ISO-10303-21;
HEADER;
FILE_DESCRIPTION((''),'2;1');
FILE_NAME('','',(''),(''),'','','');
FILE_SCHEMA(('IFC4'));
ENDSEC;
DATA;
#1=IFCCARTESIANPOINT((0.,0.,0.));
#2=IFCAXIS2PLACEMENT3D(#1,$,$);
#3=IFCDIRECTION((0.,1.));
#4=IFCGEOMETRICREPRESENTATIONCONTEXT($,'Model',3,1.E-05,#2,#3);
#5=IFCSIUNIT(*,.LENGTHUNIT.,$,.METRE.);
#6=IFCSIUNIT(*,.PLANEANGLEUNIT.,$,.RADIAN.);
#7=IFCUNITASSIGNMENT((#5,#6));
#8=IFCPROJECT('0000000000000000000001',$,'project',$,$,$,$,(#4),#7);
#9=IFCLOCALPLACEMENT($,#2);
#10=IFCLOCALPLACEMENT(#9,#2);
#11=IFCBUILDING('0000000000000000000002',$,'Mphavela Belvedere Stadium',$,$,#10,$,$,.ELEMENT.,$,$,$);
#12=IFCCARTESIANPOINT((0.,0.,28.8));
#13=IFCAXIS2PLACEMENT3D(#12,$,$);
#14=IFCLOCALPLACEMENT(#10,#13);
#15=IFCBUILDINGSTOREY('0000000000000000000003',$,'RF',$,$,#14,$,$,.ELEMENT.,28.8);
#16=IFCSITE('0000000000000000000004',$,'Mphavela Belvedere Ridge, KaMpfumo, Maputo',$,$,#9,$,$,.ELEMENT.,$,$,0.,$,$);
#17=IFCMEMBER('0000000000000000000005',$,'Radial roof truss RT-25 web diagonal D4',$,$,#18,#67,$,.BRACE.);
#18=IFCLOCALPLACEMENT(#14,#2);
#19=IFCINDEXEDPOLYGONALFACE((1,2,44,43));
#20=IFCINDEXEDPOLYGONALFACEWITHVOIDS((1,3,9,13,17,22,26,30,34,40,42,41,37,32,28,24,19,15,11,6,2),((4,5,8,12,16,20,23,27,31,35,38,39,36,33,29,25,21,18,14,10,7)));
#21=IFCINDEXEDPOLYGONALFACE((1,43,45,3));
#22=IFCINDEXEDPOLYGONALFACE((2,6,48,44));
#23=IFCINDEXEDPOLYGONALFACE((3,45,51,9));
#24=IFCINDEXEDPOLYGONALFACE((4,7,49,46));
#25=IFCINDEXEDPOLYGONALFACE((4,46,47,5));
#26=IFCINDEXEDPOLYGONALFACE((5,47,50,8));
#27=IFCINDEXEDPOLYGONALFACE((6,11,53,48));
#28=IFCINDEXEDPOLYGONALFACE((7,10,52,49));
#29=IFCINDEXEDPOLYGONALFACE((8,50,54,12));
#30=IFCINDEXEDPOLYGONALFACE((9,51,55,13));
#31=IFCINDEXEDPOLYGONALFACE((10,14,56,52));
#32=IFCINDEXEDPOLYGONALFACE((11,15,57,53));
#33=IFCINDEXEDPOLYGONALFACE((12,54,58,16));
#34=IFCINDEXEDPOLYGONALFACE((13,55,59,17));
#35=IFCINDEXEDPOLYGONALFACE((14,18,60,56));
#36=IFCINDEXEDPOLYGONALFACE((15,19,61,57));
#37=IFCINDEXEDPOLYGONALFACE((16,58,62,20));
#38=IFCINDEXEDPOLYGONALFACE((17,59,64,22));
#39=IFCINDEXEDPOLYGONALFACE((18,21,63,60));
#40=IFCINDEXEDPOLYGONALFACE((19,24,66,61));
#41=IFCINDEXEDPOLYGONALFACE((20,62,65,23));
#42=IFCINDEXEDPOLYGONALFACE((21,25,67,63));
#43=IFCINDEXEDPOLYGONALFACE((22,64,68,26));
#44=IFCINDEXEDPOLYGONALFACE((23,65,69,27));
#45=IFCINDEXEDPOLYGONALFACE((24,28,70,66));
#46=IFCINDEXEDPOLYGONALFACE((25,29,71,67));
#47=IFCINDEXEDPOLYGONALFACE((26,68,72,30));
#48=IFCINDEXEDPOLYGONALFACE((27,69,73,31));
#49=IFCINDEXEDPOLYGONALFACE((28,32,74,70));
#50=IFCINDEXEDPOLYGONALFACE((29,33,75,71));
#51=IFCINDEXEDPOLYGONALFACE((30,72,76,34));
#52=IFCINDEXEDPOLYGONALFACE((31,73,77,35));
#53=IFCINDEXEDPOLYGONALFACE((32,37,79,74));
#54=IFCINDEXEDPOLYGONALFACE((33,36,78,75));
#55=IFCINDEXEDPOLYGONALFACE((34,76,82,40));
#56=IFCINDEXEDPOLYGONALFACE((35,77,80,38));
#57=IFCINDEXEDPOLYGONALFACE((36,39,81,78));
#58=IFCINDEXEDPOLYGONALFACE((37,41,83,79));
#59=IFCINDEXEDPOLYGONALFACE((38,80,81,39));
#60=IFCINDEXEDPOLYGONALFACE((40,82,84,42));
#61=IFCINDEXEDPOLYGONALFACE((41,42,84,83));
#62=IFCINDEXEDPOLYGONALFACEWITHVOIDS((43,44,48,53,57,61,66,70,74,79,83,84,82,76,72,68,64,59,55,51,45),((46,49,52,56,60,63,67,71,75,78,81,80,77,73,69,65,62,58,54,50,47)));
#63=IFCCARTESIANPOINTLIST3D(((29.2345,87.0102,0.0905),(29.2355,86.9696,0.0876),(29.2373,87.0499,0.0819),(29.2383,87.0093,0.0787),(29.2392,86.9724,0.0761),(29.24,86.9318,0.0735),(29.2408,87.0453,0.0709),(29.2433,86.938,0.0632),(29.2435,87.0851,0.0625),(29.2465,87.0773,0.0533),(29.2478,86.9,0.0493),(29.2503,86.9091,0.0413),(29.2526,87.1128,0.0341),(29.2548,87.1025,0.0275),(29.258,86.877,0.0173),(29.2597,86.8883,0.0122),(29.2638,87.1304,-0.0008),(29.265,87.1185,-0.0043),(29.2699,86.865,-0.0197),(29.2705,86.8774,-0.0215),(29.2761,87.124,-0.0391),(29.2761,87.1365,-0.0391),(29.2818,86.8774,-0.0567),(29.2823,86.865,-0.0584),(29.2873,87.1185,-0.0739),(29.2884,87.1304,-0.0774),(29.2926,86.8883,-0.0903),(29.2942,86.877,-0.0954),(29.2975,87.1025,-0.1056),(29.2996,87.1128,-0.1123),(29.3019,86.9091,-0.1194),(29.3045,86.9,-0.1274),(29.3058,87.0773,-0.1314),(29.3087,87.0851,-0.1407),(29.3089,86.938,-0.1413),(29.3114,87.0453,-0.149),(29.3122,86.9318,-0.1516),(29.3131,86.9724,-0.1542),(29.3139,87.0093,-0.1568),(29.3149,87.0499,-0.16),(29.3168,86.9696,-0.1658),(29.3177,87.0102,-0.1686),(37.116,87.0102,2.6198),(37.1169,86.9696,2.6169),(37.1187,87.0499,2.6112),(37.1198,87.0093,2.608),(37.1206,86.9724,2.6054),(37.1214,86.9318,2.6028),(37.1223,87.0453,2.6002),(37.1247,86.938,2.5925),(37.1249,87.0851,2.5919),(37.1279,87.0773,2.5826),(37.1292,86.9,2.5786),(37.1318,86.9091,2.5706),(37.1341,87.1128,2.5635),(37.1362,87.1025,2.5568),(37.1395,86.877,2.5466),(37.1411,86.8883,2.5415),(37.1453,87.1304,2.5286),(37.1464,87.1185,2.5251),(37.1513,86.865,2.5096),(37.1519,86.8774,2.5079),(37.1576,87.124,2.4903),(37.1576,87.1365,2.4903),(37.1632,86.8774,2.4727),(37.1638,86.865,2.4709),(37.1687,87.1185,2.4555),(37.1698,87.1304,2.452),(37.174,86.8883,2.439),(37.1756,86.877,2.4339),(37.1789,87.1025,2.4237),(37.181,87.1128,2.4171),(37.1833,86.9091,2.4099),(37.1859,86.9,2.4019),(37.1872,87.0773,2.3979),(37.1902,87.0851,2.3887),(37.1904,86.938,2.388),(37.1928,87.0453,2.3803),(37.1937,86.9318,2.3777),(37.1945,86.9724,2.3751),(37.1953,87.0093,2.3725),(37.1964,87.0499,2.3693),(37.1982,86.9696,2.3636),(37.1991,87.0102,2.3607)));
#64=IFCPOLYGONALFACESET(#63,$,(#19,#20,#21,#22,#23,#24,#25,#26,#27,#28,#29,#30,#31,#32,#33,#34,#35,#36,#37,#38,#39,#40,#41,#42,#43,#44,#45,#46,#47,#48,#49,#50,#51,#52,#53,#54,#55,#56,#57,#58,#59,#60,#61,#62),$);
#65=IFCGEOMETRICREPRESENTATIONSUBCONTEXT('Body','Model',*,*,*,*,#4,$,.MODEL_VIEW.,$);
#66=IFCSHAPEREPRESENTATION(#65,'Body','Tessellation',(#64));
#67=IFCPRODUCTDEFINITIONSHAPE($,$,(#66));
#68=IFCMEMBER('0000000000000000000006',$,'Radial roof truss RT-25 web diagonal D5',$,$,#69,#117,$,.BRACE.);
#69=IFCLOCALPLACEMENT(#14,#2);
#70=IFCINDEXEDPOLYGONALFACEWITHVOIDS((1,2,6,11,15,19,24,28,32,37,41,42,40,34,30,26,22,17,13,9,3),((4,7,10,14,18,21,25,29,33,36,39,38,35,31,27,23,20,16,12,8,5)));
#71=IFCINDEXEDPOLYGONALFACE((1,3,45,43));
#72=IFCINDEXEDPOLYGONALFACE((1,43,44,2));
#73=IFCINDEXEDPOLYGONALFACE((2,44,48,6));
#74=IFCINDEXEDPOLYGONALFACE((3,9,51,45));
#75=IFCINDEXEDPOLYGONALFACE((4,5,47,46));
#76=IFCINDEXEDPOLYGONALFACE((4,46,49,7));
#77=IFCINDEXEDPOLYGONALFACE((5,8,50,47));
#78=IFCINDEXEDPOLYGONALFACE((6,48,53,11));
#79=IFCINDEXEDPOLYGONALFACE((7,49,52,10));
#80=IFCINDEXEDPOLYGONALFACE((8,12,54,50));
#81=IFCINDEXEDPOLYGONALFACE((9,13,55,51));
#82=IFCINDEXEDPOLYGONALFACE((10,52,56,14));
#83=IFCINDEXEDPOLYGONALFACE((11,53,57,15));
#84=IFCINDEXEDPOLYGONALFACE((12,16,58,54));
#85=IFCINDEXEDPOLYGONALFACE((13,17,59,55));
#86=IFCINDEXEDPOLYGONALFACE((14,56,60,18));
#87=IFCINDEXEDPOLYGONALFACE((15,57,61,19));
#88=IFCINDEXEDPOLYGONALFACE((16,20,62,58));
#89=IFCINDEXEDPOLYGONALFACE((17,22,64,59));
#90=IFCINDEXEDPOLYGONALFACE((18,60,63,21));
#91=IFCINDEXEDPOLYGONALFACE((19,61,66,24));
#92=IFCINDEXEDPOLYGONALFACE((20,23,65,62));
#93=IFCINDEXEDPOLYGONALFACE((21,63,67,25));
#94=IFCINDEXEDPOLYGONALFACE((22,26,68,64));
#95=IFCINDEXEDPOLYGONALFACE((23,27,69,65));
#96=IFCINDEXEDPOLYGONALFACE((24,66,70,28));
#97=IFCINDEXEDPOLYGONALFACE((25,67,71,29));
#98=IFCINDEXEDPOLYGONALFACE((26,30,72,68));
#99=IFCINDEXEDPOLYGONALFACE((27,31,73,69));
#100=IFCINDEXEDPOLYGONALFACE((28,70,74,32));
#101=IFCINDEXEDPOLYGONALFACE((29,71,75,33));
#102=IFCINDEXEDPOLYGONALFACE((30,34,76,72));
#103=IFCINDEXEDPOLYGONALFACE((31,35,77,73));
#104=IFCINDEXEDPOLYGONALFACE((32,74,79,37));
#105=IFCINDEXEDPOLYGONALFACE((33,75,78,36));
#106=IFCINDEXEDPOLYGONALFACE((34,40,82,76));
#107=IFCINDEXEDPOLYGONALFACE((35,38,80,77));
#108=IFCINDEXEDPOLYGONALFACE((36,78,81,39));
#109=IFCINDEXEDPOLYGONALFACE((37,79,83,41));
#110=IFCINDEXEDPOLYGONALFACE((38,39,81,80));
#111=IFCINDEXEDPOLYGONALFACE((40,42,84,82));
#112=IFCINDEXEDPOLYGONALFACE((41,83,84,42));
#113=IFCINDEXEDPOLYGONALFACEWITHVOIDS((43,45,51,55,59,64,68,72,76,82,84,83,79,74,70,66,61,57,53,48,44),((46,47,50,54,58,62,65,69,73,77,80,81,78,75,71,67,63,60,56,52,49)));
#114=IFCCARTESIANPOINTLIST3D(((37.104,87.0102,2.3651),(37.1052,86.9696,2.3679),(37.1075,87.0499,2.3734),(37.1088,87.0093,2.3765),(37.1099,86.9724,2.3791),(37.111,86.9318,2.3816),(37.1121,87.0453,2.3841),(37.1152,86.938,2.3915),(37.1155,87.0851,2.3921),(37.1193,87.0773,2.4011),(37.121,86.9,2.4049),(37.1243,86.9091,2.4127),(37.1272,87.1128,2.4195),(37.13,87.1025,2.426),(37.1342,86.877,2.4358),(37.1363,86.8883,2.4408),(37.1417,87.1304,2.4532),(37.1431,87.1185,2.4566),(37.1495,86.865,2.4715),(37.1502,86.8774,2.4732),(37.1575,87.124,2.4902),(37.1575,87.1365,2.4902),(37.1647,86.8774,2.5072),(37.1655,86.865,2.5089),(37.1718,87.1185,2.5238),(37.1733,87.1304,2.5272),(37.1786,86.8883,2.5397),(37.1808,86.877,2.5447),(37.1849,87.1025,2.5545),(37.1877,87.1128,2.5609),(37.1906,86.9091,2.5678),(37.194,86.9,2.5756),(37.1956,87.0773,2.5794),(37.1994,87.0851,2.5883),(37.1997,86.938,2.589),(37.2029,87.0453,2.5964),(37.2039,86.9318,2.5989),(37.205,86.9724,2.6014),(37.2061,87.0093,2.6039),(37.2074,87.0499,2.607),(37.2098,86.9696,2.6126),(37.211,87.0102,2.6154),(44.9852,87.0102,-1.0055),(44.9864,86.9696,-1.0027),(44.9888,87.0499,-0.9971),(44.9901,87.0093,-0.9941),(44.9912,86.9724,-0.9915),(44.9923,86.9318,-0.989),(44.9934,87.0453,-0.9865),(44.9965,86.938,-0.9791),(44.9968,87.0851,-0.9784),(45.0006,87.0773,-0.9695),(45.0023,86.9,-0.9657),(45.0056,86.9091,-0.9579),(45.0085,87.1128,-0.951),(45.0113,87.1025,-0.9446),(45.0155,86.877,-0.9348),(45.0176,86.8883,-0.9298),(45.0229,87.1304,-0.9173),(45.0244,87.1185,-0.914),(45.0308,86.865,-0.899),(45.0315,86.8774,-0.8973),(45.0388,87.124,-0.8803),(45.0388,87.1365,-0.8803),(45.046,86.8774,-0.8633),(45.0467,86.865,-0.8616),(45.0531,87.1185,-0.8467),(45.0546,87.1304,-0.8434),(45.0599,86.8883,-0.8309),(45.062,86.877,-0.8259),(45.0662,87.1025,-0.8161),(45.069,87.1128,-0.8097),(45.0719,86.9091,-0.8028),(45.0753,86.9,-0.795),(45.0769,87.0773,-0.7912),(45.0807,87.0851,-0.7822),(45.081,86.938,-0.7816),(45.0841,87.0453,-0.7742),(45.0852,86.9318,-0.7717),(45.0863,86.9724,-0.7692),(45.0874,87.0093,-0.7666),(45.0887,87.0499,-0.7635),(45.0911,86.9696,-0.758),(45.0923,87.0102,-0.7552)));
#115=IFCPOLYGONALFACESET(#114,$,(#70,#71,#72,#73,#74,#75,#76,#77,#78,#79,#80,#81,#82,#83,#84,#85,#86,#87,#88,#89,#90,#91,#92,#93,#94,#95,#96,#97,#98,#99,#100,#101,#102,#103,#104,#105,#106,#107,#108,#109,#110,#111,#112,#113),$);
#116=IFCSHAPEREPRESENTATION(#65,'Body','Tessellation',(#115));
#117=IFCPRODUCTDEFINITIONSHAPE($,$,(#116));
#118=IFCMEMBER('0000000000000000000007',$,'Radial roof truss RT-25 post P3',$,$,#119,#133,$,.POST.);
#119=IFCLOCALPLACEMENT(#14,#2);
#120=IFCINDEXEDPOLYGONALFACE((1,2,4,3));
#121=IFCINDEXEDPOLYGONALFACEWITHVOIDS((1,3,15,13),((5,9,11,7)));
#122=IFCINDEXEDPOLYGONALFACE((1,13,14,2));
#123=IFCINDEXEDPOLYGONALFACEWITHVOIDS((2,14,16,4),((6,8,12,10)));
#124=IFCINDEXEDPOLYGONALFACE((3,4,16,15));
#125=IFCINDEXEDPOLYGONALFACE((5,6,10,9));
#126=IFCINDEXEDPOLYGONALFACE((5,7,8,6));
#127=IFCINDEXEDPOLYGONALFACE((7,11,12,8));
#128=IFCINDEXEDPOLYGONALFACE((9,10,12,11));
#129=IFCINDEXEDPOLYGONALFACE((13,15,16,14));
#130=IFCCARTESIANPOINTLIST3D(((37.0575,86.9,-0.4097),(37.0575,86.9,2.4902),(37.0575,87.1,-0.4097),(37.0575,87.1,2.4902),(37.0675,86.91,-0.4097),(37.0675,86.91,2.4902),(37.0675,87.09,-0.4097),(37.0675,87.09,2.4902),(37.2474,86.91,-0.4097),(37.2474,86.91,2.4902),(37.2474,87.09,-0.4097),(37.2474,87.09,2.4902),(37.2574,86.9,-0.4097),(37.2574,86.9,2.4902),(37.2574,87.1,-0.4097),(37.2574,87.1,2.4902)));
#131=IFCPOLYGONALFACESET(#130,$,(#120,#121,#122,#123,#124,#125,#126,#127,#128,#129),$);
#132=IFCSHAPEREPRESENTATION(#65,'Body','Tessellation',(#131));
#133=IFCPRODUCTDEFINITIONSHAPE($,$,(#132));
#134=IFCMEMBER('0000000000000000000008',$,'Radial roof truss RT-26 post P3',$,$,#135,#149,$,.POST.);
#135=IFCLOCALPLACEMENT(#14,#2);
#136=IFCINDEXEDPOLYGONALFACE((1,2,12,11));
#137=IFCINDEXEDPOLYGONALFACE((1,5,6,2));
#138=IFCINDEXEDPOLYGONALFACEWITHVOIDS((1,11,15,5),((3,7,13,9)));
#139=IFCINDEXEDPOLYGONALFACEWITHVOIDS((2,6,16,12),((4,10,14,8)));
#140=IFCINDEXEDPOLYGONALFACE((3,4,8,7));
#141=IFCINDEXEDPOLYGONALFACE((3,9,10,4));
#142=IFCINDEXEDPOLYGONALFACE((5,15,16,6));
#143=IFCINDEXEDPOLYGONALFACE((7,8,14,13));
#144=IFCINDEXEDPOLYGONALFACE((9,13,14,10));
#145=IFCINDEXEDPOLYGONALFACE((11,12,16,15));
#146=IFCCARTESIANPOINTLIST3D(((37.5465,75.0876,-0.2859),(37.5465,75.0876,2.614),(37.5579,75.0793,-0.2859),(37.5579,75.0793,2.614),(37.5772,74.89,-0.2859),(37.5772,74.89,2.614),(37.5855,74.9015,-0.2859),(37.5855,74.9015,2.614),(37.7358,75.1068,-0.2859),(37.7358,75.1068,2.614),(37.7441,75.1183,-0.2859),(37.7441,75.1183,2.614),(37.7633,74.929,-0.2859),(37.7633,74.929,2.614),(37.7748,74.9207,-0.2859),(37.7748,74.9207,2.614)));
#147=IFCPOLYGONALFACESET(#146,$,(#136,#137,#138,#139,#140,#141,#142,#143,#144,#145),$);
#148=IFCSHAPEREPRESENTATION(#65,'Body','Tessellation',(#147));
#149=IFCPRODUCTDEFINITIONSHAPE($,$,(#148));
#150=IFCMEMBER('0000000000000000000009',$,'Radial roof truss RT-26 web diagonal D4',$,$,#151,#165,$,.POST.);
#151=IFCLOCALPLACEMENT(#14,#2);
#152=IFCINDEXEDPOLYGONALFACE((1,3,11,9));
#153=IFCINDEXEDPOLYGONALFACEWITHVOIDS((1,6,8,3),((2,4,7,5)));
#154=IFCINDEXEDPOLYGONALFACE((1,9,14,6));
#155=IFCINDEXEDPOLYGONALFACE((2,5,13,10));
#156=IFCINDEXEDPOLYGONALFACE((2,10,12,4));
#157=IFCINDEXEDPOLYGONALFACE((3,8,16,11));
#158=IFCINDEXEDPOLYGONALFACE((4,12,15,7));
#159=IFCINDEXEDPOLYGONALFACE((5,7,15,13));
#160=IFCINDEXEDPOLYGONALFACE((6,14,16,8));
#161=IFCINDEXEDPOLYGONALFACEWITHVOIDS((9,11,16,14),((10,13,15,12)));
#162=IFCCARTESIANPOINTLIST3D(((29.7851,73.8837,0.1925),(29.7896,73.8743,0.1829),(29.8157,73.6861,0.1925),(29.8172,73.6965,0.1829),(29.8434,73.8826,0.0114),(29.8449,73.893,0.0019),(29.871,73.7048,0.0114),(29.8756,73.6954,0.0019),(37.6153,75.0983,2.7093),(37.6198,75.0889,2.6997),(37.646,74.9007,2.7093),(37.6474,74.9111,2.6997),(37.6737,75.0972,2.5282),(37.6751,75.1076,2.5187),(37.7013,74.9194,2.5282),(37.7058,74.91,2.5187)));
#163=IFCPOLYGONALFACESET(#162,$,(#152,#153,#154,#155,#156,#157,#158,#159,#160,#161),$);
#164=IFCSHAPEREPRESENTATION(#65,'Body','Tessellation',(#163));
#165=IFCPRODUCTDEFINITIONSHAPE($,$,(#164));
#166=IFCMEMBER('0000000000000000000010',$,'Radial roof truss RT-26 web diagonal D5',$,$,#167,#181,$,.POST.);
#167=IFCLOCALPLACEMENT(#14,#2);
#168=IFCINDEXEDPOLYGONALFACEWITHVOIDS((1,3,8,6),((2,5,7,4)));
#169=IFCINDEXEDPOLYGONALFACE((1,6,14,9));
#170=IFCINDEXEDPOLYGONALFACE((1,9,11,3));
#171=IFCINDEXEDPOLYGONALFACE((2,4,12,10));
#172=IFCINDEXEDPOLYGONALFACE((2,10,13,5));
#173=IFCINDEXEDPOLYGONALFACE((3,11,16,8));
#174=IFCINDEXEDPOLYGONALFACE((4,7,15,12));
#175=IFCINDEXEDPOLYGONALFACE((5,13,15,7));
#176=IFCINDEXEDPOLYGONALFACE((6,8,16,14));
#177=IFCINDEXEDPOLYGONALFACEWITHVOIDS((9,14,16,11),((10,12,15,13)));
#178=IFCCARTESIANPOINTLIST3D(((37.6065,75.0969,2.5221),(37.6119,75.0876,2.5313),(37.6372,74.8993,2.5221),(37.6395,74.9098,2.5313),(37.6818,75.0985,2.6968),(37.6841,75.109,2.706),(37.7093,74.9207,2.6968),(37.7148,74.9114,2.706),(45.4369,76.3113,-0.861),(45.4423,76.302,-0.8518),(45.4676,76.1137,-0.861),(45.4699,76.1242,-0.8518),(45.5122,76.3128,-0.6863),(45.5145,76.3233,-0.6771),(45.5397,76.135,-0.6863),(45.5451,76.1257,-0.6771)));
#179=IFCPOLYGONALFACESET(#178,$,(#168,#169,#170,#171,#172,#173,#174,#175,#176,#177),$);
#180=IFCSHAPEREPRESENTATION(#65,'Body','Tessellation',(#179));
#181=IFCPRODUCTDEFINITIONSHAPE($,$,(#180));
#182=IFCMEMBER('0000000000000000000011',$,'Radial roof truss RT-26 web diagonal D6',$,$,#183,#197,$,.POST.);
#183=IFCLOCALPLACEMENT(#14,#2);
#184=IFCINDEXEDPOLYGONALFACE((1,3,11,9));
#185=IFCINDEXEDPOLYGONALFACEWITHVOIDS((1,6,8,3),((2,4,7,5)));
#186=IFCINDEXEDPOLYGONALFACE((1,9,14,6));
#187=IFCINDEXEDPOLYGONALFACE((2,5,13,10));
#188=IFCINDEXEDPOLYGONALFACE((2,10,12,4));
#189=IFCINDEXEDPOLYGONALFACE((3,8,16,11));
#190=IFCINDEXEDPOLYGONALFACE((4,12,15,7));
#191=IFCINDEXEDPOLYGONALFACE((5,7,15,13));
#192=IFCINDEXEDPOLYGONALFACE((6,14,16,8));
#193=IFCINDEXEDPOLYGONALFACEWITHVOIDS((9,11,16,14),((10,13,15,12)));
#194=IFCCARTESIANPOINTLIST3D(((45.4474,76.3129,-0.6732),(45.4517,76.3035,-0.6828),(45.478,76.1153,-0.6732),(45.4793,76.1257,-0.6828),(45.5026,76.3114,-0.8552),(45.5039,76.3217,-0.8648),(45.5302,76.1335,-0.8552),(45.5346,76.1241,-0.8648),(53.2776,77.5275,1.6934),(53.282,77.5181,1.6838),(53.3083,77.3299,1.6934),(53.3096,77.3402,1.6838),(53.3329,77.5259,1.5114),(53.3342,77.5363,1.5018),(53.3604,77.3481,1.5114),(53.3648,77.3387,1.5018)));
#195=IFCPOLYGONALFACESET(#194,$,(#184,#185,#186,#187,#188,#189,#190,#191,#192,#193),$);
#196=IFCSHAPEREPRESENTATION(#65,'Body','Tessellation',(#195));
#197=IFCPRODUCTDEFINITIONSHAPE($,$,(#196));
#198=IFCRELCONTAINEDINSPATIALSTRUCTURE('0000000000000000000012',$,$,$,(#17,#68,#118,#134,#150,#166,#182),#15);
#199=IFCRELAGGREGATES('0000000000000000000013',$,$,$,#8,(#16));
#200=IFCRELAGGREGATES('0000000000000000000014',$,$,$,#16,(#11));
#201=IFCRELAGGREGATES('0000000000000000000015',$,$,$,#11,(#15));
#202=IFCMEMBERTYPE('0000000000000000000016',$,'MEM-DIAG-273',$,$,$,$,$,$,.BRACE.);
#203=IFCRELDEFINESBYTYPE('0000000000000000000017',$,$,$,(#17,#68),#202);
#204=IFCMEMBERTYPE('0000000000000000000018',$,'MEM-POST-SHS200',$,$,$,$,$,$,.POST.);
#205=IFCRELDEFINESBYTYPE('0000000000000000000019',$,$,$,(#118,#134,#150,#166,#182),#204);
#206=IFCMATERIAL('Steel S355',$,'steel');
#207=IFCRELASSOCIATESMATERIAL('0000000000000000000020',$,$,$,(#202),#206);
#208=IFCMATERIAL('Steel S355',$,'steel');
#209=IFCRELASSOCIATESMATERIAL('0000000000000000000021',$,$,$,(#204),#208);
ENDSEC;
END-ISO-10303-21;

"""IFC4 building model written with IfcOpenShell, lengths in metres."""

from ifc_helpers import new_model, si_unit, direction, frame, origin, origin_2d, place, context, subcontext, project, spatial, hollow_rectangle, hollow_circle, extrude, material, material_profile, profile_set, type_object, element, save


model = new_model("IFC4")

# Units and contexts
model_context = context("Model", 3, precision=1e-05, world=origin(), true_north=direction((0.0, 1.0)))
body_context = subcontext(model_context, "Body", "Model", "MODEL_VIEW")
ifc_project = project(units=[si_unit("LENGTHUNIT", "METRE"), si_unit("PLANEANGLEUNIT", "RADIAN")], contexts=[model_context])

# Site, building, storey
site_placement = place(None, origin())
site = spatial("IfcSite", under=ifc_project, at=site_placement, Name="Mphavela Belvedere Ridge, KaMpfumo, Maputo", CompositionType="ELEMENT", RefElevation=0.0)
building_placement = place(site_placement, origin())
building = spatial("IfcBuilding", under=site, at=building_placement, Name="Mphavela Belvedere Stadium", CompositionType="ELEMENT")
storey_placement = place(building_placement, frame((0.0, 0.0, 28.8)))
storey = spatial("IfcBuildingStorey", under=building, at=storey_placement, Name="RF", CompositionType="ELEMENT", Elevation=28.8)

# Members
ifc_material_1 = material(Name="Steel S355", Category="steel")
ifc_material_profile_1 = material_profile(ifc_material_1, hollow_circle(Radius=0.1365, WallThickness=0.0125, at=origin_2d()), Name="CHS 273x12.5")
ifc_profile_set_1 = profile_set([ifc_material_profile_1], Name="Steel S355")
member_type_1 = type_object("IfcMemberType", Name="MEM-DIAG-273", PredefinedType="BRACE", material=ifc_profile_set_1)
member_1_placement = place(storey_placement, frame((29.2761, 87.0, -0.0391), z_axis=(0.952169, 0.0, 0.305572), x_axis=(0.0, 1.0, 0.0)))
element("IfcMember", 1, at=member_1_placement, inside=storey, type_object=member_type_1, Name="Radial roof truss RT-25 web diagonal D4", PredefinedType="BRACE", context=body_context, shape_type="SweptSolid", body=[
    extrude(hollow_circle(Radius=0.1365, WallThickness=0.0125, at=origin_2d()), origin(), (0.0, 0.0, 1.0), 8.2773),
])
member_2_placement = place(storey_placement, frame((37.1575, 87.0, 2.4902), z_axis=(0.919445, 0.0, -0.393218), x_axis=(0.0, 1.0, 0.0)))
element("IfcMember", 2, at=member_2_placement, inside=storey, type_object=member_type_1, Name="Radial roof truss RT-25 web diagonal D5", PredefinedType="BRACE", context=body_context, shape_type="SweptSolid", body=[
    extrude(hollow_circle(Radius=0.1365, WallThickness=0.0125, at=origin_2d()), origin(), (0.0, 0.0, 1.0), 8.5718),
])
ifc_material_2 = material(Name="Steel S355", Category="steel")
ifc_material_profile_2 = material_profile(ifc_material_2, hollow_rectangle(XDim=0.2, YDim=0.2, WallThickness=0.01, at=origin_2d()), Name="SHS 200x200x10")
ifc_profile_set_2 = profile_set([ifc_material_profile_2], Name="Steel S355")
member_type_2 = type_object("IfcMemberType", Name="MEM-POST-SHS200", PredefinedType="POST", material=ifc_profile_set_2)
for number, where, z_axis, x_axis, name in (
    (3, (37.1575, 87.0, -0.4097), (0.0, 0.0, 1.0), (-1.0, 0.0, 0.0), "Radial roof truss RT-25 post P3"),
    (4, (37.6606, 75.0042, -0.2859), (0.0, 0.0, 1.0), (-0.988175, -0.153331, 0.0), "Radial roof truss RT-26 post P3"),
):
    element("IfcMember", number, at=place(storey_placement, frame(where, z_axis=z_axis, x_axis=x_axis)), inside=storey, type_object=member_type_2, Name=name, PredefinedType="POST", context=body_context, shape_type="SweptSolid", body=[
        extrude(hollow_rectangle(XDim=0.2, YDim=0.2, WallThickness=0.01, at=origin_2d()), origin(), (0.0, 0.0, 1.0), 2.8999),
    ])
member_3_placement = place(storey_placement, frame((29.8303, 73.7896, 0.0972), z_axis=(0.941816, 0.14609, 0.302721), x_axis=(-0.153282, 0.988183, 0.0)))
element("IfcMember", 5, at=member_3_placement, inside=storey, type_object=member_type_2, Name="Radial roof truss RT-26 web diagonal D4", PredefinedType="POST", context=body_context, shape_type="SweptSolid", body=[
    extrude(hollow_rectangle(XDim=0.2, YDim=0.2, WallThickness=0.01, at=origin_2d()), origin(), (0.0, 0.0, 1.0), 8.314),
])
member_4_placement = place(storey_placement, frame((37.6606, 75.0042, 2.614), z_axis=(0.908823, 0.140944, -0.392653), x_axis=(-0.153252, 0.988187, 0.0)))
element("IfcMember", 6, at=member_4_placement, inside=storey, type_object=member_type_2, Name="Radial roof truss RT-26 web diagonal D5", PredefinedType="POST", context=body_context, shape_type="SweptSolid", body=[
    extrude(hollow_rectangle(XDim=0.2, YDim=0.2, WallThickness=0.01, at=origin_2d()), origin(), (0.0, 0.0, 1.0), 8.616),
])
member_5_placement = place(storey_placement, frame((45.491, 76.2185, -0.769), z_axis=(0.946851, 0.146871, 0.286184), x_axis=(-0.153282, 0.988183, 0.0)))
element("IfcMember", 7, at=member_5_placement, inside=storey, type_object=member_type_2, Name="Radial roof truss RT-26 web diagonal D6", PredefinedType="POST", context=body_context, shape_type="SweptSolid", body=[
    extrude(hollow_rectangle(XDim=0.2, YDim=0.2, WallThickness=0.01, at=origin_2d()), origin(), (0.0, 0.0, 1.0), 8.2698),
])

save(model, "model.ifc")
